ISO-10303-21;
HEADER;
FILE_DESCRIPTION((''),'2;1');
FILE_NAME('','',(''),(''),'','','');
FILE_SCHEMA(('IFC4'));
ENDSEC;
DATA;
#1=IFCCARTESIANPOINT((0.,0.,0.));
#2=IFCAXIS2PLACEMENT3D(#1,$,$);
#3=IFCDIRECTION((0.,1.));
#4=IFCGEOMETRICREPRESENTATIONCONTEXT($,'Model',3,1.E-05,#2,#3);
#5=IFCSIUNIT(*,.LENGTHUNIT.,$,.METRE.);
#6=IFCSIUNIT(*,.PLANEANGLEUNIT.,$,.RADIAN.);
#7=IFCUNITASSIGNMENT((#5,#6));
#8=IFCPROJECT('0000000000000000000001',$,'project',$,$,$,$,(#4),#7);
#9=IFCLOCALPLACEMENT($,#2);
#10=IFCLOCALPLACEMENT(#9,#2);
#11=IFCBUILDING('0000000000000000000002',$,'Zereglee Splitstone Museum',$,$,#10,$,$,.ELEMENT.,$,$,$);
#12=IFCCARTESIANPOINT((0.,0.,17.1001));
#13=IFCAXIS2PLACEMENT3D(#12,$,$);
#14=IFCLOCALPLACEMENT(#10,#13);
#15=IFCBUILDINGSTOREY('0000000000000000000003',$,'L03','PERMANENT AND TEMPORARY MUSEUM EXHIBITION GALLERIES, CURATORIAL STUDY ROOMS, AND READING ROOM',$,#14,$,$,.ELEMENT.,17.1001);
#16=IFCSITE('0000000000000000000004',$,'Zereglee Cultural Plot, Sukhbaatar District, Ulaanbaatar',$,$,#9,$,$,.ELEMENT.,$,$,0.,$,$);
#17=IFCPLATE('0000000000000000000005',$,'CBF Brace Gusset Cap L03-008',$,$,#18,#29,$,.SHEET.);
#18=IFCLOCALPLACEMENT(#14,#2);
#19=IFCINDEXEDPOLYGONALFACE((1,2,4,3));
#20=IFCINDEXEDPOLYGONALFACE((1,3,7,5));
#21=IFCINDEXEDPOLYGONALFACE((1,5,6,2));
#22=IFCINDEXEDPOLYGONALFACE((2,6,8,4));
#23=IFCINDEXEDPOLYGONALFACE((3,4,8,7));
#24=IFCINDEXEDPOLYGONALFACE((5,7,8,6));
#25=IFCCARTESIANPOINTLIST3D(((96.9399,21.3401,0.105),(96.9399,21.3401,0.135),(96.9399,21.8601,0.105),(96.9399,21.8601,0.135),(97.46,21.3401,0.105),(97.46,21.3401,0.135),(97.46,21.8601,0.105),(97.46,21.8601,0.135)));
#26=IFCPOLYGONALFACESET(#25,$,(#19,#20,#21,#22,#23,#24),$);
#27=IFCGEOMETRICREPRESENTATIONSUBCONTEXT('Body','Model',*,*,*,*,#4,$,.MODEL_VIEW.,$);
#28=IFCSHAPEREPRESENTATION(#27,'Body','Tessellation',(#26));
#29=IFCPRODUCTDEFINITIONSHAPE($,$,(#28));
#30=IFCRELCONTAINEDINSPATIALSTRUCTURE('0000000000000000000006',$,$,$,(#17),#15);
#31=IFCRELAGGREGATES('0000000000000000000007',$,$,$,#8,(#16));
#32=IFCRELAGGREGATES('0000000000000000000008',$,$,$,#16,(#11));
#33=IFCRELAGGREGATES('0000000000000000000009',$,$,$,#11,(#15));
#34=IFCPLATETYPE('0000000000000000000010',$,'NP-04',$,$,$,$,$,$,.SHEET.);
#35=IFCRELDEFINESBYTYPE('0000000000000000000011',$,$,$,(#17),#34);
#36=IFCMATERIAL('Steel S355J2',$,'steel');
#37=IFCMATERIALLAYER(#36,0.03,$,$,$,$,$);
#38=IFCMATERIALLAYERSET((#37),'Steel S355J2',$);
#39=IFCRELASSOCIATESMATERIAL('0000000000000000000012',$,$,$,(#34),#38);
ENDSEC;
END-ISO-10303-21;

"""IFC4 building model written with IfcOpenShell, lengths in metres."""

from ifc_helpers import new_model, si_unit, direction, frame, origin, origin_2d, place, context, subcontext, project, spatial, rectangle, extrude, material, layer, layer_set, type_object, element, save


model = new_model("IFC4")

# Units and contexts
model_context = context("Model", 3, precision=1e-05, world=origin(), true_north=direction((0.0, 1.0)))
body_context = subcontext(model_context, "Body", "Model", "MODEL_VIEW")
ifc_project = project(units=[si_unit("LENGTHUNIT", "METRE"), si_unit("PLANEANGLEUNIT", "RADIAN")], contexts=[model_context])

# Site, building, storey
site_placement = place(None, origin())
site = spatial("IfcSite", under=ifc_project, at=site_placement, Name="Zereglee Cultural Plot, Sukhbaatar District, Ulaanbaatar", CompositionType="ELEMENT", RefElevation=0.0)
building_placement = place(site_placement, origin())
building = spatial("IfcBuilding", under=site, at=building_placement, Name="Zereglee Splitstone Museum", CompositionType="ELEMENT")
storey_placement = place(building_placement, frame((0.0, 0.0, 17.1001)))
storey = spatial("IfcBuildingStorey", under=building, at=storey_placement, Name="L03", Description="PERMANENT AND TEMPORARY MUSEUM EXHIBITION GALLERIES, CURATORIAL STUDY ROOMS, AND READING ROOM", CompositionType="ELEMENT", Elevation=17.1001)

# Shared definitions
ifc_material_1 = material(Name="Steel S355J2", Category="steel")

# Plate
ifc_layer = layer(ifc_material_1, 0.03)
ifc_layer_set = layer_set([ifc_layer], Name="Steel S355J2")
plate_type = type_object("IfcPlateType", Name="NP-04", PredefinedType="SHEET", material=ifc_layer_set)
plate_placement = place(storey_placement, frame((97.2, 21.6001, 0.105), z_axis=(0.0, 0.0, 1.0), x_axis=(1.0, 0.0, 0.0)))
element("IfcPlate", 1, at=plate_placement, inside=storey, type_object=plate_type, Name="CBF Brace Gusset Cap L03-008", PredefinedType="SHEET", context=body_context, shape_type="SweptSolid", body=[
    extrude(rectangle(XDim=0.52, YDim=0.52, at=origin_2d()), origin(), (0.0, 0.0, 1.0), 0.03),
])

save(model, "model.ifc")
